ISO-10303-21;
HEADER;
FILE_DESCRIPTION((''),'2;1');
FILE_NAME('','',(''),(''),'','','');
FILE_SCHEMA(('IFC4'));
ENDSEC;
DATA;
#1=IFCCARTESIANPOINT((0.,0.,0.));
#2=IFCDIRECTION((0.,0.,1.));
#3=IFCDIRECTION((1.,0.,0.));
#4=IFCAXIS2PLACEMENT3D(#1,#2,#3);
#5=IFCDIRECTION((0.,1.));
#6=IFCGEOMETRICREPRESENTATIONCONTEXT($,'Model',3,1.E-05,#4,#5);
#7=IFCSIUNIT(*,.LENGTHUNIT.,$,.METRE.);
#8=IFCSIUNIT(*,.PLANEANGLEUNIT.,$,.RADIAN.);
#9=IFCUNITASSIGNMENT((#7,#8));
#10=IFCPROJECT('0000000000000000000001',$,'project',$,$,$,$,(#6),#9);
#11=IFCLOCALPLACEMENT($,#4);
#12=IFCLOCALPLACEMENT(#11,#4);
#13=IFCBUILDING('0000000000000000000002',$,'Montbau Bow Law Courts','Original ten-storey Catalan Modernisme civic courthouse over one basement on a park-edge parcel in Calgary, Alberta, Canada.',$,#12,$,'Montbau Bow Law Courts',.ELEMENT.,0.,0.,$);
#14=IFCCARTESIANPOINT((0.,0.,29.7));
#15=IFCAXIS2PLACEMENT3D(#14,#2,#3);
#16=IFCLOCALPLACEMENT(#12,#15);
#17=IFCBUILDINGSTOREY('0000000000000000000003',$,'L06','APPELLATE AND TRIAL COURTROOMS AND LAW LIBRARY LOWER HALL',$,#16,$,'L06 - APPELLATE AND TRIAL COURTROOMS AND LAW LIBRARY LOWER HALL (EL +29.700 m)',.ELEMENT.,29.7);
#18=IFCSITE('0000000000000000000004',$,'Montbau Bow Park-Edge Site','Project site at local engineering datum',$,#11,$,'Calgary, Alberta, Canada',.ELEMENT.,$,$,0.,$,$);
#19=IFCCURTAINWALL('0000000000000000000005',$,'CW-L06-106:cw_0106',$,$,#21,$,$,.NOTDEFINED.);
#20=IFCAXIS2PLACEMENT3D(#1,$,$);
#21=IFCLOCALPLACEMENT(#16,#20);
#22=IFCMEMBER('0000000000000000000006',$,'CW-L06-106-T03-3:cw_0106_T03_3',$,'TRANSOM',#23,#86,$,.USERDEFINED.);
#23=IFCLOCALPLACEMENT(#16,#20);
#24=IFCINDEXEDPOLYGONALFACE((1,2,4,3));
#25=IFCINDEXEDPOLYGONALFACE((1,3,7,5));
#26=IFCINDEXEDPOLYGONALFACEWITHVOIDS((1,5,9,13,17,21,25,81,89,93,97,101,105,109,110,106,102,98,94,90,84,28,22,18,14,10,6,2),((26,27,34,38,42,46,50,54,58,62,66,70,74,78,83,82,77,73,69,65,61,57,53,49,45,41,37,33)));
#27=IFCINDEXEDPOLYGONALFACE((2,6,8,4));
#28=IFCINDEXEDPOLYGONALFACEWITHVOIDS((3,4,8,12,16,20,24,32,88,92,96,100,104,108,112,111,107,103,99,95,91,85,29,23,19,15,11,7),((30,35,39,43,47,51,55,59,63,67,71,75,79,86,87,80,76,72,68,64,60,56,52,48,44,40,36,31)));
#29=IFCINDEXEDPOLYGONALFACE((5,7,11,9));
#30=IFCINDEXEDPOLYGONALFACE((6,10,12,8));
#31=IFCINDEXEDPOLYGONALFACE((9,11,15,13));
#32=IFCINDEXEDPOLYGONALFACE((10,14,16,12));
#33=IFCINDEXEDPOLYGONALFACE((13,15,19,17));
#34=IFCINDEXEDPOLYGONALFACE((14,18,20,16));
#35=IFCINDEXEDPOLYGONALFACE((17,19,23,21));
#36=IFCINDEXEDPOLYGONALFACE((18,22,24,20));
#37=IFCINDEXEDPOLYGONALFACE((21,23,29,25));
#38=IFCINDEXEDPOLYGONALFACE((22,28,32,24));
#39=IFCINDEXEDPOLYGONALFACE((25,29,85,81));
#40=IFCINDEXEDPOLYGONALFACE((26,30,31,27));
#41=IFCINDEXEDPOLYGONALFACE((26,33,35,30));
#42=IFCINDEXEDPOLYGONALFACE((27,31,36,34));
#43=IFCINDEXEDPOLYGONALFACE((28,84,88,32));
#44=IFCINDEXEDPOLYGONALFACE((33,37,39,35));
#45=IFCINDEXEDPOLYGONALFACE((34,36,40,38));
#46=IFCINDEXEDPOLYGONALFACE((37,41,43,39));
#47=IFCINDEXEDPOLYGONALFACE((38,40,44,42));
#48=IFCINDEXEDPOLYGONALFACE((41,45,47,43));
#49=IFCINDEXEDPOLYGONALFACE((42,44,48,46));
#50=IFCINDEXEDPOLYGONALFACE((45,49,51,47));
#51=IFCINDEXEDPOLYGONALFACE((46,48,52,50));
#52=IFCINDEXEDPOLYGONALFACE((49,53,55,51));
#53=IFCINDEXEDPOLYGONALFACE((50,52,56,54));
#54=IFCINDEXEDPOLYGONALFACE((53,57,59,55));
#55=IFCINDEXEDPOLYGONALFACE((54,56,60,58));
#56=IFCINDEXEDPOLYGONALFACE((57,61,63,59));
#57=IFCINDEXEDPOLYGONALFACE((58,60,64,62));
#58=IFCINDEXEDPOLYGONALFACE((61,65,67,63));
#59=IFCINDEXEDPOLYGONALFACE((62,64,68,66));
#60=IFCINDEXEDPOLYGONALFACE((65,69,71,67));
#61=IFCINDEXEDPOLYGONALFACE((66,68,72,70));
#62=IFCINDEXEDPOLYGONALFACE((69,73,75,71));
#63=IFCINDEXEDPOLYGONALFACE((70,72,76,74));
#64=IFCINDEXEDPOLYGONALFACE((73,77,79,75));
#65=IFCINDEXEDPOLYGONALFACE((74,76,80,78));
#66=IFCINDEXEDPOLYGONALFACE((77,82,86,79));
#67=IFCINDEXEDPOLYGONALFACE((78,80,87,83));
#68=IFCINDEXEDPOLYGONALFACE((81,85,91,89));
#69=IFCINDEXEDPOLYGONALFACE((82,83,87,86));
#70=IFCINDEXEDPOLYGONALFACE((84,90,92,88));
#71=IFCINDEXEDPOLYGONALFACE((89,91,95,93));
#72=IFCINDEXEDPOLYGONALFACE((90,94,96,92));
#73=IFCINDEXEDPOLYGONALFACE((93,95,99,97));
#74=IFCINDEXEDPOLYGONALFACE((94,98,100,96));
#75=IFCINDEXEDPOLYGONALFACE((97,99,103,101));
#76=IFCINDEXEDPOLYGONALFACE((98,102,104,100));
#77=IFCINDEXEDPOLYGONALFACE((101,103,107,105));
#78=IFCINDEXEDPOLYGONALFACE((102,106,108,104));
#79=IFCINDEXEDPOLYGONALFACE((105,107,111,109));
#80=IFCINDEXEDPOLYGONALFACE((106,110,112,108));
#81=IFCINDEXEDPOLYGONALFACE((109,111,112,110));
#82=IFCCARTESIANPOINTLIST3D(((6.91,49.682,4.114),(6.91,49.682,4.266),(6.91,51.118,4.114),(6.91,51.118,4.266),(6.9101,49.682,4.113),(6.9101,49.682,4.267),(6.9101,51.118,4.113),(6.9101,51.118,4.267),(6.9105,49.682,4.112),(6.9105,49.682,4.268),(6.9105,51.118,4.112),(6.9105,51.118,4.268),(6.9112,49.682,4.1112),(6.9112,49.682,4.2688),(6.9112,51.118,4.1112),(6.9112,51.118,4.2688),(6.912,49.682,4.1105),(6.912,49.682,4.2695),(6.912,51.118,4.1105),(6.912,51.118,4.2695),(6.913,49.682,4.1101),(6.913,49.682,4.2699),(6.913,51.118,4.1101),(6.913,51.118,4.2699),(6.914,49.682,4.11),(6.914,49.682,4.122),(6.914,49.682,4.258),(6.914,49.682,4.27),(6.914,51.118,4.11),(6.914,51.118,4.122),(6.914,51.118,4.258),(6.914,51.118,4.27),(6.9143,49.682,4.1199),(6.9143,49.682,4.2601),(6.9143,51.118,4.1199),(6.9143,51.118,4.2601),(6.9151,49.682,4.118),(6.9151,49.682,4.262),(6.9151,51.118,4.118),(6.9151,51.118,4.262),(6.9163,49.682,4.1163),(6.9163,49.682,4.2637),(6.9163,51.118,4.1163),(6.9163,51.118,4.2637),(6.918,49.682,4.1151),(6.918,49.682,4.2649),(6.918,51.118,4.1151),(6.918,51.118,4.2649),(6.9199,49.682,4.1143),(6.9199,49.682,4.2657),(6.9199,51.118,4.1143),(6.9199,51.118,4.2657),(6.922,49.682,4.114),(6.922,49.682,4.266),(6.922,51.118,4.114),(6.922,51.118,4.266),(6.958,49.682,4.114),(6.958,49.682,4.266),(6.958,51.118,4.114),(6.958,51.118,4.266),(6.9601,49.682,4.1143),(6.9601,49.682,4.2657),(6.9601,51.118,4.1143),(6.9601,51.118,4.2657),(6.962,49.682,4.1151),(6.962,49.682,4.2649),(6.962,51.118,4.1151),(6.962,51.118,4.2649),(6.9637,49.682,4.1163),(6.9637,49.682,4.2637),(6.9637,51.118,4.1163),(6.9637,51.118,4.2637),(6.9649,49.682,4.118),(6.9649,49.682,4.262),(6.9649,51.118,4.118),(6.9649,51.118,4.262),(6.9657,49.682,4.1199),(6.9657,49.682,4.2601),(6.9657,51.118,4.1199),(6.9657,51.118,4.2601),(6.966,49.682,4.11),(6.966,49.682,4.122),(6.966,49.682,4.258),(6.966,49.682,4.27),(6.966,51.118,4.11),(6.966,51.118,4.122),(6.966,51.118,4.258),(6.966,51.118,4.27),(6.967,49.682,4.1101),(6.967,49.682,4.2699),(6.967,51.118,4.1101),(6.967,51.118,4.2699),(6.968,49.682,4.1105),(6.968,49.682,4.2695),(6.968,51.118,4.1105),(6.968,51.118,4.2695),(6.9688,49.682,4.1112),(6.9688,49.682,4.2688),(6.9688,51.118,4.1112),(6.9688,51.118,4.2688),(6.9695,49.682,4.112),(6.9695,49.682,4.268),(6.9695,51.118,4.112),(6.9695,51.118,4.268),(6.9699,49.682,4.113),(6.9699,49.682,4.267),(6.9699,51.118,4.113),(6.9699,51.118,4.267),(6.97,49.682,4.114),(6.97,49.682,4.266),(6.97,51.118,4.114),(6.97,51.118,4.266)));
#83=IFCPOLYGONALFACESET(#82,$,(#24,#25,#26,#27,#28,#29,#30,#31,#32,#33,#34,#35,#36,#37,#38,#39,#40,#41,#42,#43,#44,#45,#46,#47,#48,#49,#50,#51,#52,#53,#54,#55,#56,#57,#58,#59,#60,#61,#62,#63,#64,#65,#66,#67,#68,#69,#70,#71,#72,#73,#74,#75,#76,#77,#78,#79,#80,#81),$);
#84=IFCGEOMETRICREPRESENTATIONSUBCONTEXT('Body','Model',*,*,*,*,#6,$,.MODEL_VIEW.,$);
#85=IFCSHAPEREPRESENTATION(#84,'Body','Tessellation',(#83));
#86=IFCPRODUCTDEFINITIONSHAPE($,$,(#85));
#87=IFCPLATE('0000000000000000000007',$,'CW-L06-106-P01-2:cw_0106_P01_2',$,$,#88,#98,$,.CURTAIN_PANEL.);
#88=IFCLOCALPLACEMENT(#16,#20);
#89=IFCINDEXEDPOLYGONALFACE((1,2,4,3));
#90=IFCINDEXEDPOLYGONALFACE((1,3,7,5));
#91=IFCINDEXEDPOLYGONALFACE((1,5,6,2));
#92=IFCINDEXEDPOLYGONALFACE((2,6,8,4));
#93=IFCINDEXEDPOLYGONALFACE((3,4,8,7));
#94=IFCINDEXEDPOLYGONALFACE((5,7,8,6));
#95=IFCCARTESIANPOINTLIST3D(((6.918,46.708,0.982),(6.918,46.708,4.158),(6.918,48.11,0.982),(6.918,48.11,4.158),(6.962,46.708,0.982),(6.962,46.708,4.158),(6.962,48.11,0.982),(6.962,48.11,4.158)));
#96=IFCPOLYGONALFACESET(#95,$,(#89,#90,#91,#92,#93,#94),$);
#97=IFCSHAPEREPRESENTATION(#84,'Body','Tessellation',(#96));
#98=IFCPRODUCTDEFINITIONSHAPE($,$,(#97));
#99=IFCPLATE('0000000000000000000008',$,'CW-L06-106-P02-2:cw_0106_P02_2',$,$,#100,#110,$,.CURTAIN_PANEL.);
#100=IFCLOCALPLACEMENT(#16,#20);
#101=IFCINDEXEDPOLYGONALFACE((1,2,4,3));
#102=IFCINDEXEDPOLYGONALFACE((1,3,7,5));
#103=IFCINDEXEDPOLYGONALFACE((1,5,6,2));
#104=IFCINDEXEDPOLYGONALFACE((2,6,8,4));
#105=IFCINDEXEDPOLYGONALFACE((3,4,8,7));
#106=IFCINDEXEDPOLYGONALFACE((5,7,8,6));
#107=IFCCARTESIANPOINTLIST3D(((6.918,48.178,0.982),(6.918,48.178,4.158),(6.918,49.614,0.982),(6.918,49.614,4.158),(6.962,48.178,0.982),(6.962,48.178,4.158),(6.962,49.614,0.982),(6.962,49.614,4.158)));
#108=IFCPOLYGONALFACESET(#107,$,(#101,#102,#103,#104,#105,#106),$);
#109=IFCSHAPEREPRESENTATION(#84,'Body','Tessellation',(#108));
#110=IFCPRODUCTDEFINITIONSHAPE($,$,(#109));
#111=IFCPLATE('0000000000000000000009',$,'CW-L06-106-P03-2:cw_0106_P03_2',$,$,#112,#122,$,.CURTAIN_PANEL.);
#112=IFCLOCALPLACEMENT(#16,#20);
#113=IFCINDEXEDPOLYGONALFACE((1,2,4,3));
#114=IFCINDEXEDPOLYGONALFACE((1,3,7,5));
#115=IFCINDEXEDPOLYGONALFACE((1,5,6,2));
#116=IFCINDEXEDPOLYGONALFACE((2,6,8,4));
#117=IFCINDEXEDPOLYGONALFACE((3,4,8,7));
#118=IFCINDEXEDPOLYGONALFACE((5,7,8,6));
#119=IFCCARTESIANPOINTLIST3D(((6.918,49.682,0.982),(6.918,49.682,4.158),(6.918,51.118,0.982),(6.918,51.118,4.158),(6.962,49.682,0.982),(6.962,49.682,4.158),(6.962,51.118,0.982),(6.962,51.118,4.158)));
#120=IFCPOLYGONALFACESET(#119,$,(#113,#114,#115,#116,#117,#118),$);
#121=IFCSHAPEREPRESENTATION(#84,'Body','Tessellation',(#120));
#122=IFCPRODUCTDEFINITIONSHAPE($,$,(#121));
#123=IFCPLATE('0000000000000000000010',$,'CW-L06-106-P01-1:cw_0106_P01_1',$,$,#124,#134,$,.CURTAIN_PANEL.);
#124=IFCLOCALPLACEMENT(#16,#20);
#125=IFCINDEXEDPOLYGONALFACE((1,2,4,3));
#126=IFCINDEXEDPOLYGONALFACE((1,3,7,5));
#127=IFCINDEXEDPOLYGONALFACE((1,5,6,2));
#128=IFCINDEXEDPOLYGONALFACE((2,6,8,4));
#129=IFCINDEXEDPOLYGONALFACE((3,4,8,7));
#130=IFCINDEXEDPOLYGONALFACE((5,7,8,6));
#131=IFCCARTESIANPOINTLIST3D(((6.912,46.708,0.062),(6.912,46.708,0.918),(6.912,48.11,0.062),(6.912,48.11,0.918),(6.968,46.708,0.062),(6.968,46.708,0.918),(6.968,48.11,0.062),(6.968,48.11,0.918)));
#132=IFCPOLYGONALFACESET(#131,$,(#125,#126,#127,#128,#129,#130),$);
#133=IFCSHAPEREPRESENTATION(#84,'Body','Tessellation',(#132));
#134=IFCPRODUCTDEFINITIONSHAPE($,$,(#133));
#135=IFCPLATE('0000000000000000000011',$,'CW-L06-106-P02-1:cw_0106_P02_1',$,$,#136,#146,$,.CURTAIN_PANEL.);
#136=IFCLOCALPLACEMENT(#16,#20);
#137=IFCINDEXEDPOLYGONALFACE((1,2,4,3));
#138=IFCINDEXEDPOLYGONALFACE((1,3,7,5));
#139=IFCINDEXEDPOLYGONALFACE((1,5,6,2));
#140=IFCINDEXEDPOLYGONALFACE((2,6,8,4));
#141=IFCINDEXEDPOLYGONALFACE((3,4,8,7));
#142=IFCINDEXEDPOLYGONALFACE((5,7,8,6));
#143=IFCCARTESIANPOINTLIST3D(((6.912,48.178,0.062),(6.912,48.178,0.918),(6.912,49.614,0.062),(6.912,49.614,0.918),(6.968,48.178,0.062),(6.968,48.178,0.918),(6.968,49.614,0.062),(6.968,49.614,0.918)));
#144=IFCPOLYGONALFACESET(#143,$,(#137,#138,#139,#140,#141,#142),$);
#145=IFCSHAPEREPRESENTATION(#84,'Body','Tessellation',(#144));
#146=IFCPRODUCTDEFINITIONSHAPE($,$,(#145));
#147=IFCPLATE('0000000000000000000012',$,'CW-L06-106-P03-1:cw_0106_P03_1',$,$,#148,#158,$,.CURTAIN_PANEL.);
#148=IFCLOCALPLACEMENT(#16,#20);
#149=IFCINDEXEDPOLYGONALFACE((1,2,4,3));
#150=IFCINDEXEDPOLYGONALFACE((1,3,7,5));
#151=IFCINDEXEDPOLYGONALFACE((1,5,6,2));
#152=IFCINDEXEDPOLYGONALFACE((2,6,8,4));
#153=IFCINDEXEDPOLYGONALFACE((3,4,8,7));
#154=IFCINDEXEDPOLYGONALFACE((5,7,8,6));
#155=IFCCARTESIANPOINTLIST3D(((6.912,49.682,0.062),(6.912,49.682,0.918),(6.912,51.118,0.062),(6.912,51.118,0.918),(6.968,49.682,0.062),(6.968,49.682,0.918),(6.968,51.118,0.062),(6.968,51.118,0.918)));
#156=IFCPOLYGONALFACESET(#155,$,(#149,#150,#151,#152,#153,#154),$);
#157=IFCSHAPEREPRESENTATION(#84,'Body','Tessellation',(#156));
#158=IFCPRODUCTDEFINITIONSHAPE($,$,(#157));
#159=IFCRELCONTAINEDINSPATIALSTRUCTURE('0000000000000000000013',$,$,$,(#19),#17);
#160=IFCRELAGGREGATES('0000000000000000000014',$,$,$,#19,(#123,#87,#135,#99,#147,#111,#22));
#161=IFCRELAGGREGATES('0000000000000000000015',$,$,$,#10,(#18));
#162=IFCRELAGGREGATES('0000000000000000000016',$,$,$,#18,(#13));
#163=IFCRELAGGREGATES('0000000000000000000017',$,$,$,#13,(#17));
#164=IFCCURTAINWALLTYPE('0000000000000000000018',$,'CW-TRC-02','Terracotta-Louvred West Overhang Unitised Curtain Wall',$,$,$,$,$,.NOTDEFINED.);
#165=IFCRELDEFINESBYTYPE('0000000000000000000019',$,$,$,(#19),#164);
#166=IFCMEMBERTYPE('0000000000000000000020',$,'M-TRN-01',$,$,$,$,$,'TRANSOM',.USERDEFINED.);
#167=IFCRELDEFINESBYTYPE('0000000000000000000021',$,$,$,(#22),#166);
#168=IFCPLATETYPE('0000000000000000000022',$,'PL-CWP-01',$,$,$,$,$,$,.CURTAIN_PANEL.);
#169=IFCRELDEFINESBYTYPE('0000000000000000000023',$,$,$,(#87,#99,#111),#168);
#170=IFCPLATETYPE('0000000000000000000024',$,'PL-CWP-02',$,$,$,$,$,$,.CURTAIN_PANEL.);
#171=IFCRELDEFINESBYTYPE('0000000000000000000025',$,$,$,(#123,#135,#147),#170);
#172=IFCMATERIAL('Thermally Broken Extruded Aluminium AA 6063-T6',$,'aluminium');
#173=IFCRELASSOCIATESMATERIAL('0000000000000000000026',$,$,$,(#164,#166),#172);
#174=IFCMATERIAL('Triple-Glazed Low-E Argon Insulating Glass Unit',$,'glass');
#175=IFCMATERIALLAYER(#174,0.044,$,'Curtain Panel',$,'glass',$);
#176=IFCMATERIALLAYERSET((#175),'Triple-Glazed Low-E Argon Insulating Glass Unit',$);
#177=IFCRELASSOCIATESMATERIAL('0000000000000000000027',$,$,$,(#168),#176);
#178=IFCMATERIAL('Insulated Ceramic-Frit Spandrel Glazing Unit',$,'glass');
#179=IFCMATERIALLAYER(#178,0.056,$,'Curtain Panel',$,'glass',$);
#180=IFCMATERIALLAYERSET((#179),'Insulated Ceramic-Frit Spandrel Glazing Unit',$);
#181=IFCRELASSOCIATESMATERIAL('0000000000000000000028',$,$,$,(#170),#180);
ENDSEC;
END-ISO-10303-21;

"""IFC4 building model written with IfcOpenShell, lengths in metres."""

from ifc_helpers import new_model, si_unit, direction, frame, frame_2d, origin_with_axes, origin_2d_with_axis, place, context, subcontext, project, spatial, rectangle, hollow_rectangle, extrude, material, layer, layer_set, material_profile, profile_set, type_object, element, aggregate, save


model = new_model("IFC4")

# Units and contexts
model_context = context("Model", 3, precision=1e-05, world=origin_with_axes(), true_north=direction((0.0, 1.0)))
body_context = subcontext(model_context, "Body", "Model", "MODEL_VIEW")
ifc_project = project(units=[si_unit("LENGTHUNIT", "METRE"), si_unit("PLANEANGLEUNIT", "RADIAN")], contexts=[model_context])

# Site, building, storey
site_placement = place(None, origin_with_axes())
site = spatial("IfcSite", under=ifc_project, at=site_placement, Name="Montbau Bow Park-Edge Site", Description="Project site at local engineering datum", LongName="Calgary, Alberta, Canada", CompositionType="ELEMENT", RefElevation=0.0)
building_placement = place(site_placement, origin_with_axes())
building = spatial("IfcBuilding", under=site, at=building_placement, Name="Montbau Bow Law Courts", Description="Original ten-storey Catalan Modernisme civic courthouse over one basement on a park-edge parcel in Calgary, Alberta, Canada.", LongName="Montbau Bow Law Courts", CompositionType="ELEMENT", ElevationOfRefHeight=0.0, ElevationOfTerrain=0.0)
storey_placement = place(building_placement, frame((0.0, 0.0, 29.7), z_axis=(0.0, 0.0, 1.0), x_axis=(1.0, 0.0, 0.0)))
storey = spatial("IfcBuildingStorey", under=building, at=storey_placement, Name="L06", Description="APPELLATE AND TRIAL COURTROOMS AND LAW LIBRARY LOWER HALL", LongName="L06 - APPELLATE AND TRIAL COURTROOMS AND LAW LIBRARY LOWER HALL (EL +29.700 m)", CompositionType="ELEMENT", Elevation=29.7)

# Shared definitions
ifc_material_1 = material(Name="Thermally Broken Extruded Aluminium AA 6063-T6", Category="aluminium")
curtain_wall_type = type_object("IfcCurtainWallType", Name="CW-TRC-02", Description="Terracotta-Louvred West Overhang Unitised Curtain Wall", PredefinedType="NOTDEFINED", material=ifc_material_1)

# Curtain wall, member, plates
curtain_wall_1_placement = place(None, frame((6.94, 46.64, 29.7), z_axis=(0.0, 0.0, 1.0), x_axis=(1.0, 0.0, 0.0)))
curtain_wall_1 = element("IfcCurtainWall", 1, at=curtain_wall_1_placement, inside=storey, type_object=curtain_wall_type, Name="CW-L06-106:cw_0106", PredefinedType="NOTDEFINED")
ifc_material_profile_1 = material_profile(ifc_material_1, hollow_rectangle(XDim=0.06, YDim=0.16, WallThickness=0.004, InnerFilletRadius=0.008, OuterFilletRadius=0.004, at=origin_2d_with_axis()), Name="CWT-160X60", Category="Main", Priority=0)
ifc_profile_set_1 = profile_set([ifc_material_profile_1], Name="Thermally Broken Extruded Aluminium AA 6063-T6")
member_type_1 = type_object("IfcMemberType", Name="M-TRN-01", ElementType="TRANSOM", PredefinedType="USERDEFINED", material=ifc_profile_set_1)
member_1_placement = place(None, frame((6.94, 49.682, 33.89), z_axis=(0.0, 1.0, 0.0), x_axis=(-1.0, 0.0, 0.0)))
member_1 = element("IfcMember", 2, at=member_1_placement, type_object=member_type_1, Name="CW-L06-106-T03-3:cw_0106_T03_3", ObjectType="TRANSOM", PredefinedType="USERDEFINED", context=body_context, shape_type="SweptSolid", body=[
    extrude(hollow_rectangle(XDim=0.06, YDim=0.16, WallThickness=0.004, InnerFilletRadius=0.008, OuterFilletRadius=0.004, at=origin_2d_with_axis()), origin_with_axes(), (0.0, 0.0, 1.0), 1.436),
])
ifc_material_2 = material(Name="Triple-Glazed Low-E Argon Insulating Glass Unit", Category="glass")
ifc_layer_1 = layer(ifc_material_2, 0.044, Name="Curtain Panel", Category="glass")
ifc_layer_set_1 = layer_set([ifc_layer_1], Name="Triple-Glazed Low-E Argon Insulating Glass Unit")
plate_type_1 = type_object("IfcPlateType", Name="PL-CWP-01", PredefinedType="CURTAIN_PANEL", material=ifc_layer_set_1)
plate_1_placement = place(None, frame((6.94, 46.708, 30.682), z_axis=(1.0, 0.0, 0.0), x_axis=(0.0, 1.0, 0.0)))
plate_1 = element("IfcPlate", 3, at=plate_1_placement, type_object=plate_type_1, Name="CW-L06-106-P01-2:cw_0106_P01_2", PredefinedType="CURTAIN_PANEL", context=body_context, shape_type="SweptSolid", body=[
    extrude(rectangle(XDim=1.402, YDim=3.176, at=frame_2d((0.701, 1.588), x_axis=(1.0, 0.0))), frame((0.0, 0.0, -0.022), z_axis=(0.0, 0.0, 1.0), x_axis=(1.0, 0.0, 0.0)), (0.0, 0.0, 1.0), 0.044),
])
plate_2_placement = place(None, frame((6.94, 48.178, 30.682), z_axis=(1.0, 0.0, 0.0), x_axis=(0.0, 1.0, 0.0)))
plate_2 = element("IfcPlate", 4, at=plate_2_placement, type_object=plate_type_1, Name="CW-L06-106-P02-2:cw_0106_P02_2", PredefinedType="CURTAIN_PANEL", context=body_context, shape_type="SweptSolid", body=[
    extrude(rectangle(XDim=1.436, YDim=3.176, at=frame_2d((0.718, 1.588), x_axis=(1.0, 0.0))), frame((0.0, 0.0, -0.022), z_axis=(0.0, 0.0, 1.0), x_axis=(1.0, 0.0, 0.0)), (0.0, 0.0, 1.0), 0.044),
])
plate_3_placement = place(None, frame((6.94, 49.682, 30.682), z_axis=(1.0, 0.0, 0.0), x_axis=(0.0, 1.0, 0.0)))
plate_3 = element("IfcPlate", 5, at=plate_3_placement, type_object=plate_type_1, Name="CW-L06-106-P03-2:cw_0106_P03_2", PredefinedType="CURTAIN_PANEL", context=body_context, shape_type="SweptSolid", body=[
    extrude(rectangle(XDim=1.436, YDim=3.176, at=frame_2d((0.718, 1.588), x_axis=(1.0, 0.0))), frame((0.0, 0.0, -0.022), z_axis=(0.0, 0.0, 1.0), x_axis=(1.0, 0.0, 0.0)), (0.0, 0.0, 1.0), 0.044),
])
ifc_material_3 = material(Name="Insulated Ceramic-Frit Spandrel Glazing Unit", Category="glass")
ifc_layer_2 = layer(ifc_material_3, 0.056, Name="Curtain Panel", Category="glass")
ifc_layer_set_2 = layer_set([ifc_layer_2], Name="Insulated Ceramic-Frit Spandrel Glazing Unit")
plate_type_2 = type_object("IfcPlateType", Name="PL-CWP-02", PredefinedType="CURTAIN_PANEL", material=ifc_layer_set_2)
plate_4_placement = place(None, frame((6.94, 46.708, 29.762), z_axis=(1.0, 0.0, 0.0), x_axis=(0.0, 1.0, 0.0)))
plate_4 = element("IfcPlate", 6, at=plate_4_placement, type_object=plate_type_2, Name="CW-L06-106-P01-1:cw_0106_P01_1", PredefinedType="CURTAIN_PANEL", context=body_context, shape_type="SweptSolid", body=[
    extrude(rectangle(XDim=1.402, YDim=0.856, at=frame_2d((0.701, 0.428), x_axis=(1.0, 0.0))), frame((0.0, 0.0, -0.028), z_axis=(0.0, 0.0, 1.0), x_axis=(1.0, 0.0, 0.0)), (0.0, 0.0, 1.0), 0.056),
])
plate_5_placement = place(None, frame((6.94, 48.178, 29.762), z_axis=(1.0, 0.0, 0.0), x_axis=(0.0, 1.0, 0.0)))
plate_5 = element("IfcPlate", 7, at=plate_5_placement, type_object=plate_type_2, Name="CW-L06-106-P02-1:cw_0106_P02_1", PredefinedType="CURTAIN_PANEL", context=body_context, shape_type="SweptSolid", body=[
    extrude(rectangle(XDim=1.436, YDim=0.856, at=frame_2d((0.718, 0.428), x_axis=(1.0, 0.0))), frame((0.0, 0.0, -0.028), z_axis=(0.0, 0.0, 1.0), x_axis=(1.0, 0.0, 0.0)), (0.0, 0.0, 1.0), 0.056),
])
plate_6_placement = place(None, frame((6.94, 49.682, 29.762), z_axis=(1.0, 0.0, 0.0), x_axis=(0.0, 1.0, 0.0)))
plate_6 = element("IfcPlate", 8, at=plate_6_placement, type_object=plate_type_2, Name="CW-L06-106-P03-1:cw_0106_P03_1", PredefinedType="CURTAIN_PANEL", context=body_context, shape_type="SweptSolid", body=[
    extrude(rectangle(XDim=1.436, YDim=0.856, at=frame_2d((0.718, 0.428), x_axis=(1.0, 0.0))), frame((0.0, 0.0, -0.028), z_axis=(0.0, 0.0, 1.0), x_axis=(1.0, 0.0, 0.0)), (0.0, 0.0, 1.0), 0.056),
])
aggregate(curtain_wall_1, [plate_4, plate_1, plate_5, plate_2, plate_6, plate_3, member_1])

save(model, "model.ifc")
